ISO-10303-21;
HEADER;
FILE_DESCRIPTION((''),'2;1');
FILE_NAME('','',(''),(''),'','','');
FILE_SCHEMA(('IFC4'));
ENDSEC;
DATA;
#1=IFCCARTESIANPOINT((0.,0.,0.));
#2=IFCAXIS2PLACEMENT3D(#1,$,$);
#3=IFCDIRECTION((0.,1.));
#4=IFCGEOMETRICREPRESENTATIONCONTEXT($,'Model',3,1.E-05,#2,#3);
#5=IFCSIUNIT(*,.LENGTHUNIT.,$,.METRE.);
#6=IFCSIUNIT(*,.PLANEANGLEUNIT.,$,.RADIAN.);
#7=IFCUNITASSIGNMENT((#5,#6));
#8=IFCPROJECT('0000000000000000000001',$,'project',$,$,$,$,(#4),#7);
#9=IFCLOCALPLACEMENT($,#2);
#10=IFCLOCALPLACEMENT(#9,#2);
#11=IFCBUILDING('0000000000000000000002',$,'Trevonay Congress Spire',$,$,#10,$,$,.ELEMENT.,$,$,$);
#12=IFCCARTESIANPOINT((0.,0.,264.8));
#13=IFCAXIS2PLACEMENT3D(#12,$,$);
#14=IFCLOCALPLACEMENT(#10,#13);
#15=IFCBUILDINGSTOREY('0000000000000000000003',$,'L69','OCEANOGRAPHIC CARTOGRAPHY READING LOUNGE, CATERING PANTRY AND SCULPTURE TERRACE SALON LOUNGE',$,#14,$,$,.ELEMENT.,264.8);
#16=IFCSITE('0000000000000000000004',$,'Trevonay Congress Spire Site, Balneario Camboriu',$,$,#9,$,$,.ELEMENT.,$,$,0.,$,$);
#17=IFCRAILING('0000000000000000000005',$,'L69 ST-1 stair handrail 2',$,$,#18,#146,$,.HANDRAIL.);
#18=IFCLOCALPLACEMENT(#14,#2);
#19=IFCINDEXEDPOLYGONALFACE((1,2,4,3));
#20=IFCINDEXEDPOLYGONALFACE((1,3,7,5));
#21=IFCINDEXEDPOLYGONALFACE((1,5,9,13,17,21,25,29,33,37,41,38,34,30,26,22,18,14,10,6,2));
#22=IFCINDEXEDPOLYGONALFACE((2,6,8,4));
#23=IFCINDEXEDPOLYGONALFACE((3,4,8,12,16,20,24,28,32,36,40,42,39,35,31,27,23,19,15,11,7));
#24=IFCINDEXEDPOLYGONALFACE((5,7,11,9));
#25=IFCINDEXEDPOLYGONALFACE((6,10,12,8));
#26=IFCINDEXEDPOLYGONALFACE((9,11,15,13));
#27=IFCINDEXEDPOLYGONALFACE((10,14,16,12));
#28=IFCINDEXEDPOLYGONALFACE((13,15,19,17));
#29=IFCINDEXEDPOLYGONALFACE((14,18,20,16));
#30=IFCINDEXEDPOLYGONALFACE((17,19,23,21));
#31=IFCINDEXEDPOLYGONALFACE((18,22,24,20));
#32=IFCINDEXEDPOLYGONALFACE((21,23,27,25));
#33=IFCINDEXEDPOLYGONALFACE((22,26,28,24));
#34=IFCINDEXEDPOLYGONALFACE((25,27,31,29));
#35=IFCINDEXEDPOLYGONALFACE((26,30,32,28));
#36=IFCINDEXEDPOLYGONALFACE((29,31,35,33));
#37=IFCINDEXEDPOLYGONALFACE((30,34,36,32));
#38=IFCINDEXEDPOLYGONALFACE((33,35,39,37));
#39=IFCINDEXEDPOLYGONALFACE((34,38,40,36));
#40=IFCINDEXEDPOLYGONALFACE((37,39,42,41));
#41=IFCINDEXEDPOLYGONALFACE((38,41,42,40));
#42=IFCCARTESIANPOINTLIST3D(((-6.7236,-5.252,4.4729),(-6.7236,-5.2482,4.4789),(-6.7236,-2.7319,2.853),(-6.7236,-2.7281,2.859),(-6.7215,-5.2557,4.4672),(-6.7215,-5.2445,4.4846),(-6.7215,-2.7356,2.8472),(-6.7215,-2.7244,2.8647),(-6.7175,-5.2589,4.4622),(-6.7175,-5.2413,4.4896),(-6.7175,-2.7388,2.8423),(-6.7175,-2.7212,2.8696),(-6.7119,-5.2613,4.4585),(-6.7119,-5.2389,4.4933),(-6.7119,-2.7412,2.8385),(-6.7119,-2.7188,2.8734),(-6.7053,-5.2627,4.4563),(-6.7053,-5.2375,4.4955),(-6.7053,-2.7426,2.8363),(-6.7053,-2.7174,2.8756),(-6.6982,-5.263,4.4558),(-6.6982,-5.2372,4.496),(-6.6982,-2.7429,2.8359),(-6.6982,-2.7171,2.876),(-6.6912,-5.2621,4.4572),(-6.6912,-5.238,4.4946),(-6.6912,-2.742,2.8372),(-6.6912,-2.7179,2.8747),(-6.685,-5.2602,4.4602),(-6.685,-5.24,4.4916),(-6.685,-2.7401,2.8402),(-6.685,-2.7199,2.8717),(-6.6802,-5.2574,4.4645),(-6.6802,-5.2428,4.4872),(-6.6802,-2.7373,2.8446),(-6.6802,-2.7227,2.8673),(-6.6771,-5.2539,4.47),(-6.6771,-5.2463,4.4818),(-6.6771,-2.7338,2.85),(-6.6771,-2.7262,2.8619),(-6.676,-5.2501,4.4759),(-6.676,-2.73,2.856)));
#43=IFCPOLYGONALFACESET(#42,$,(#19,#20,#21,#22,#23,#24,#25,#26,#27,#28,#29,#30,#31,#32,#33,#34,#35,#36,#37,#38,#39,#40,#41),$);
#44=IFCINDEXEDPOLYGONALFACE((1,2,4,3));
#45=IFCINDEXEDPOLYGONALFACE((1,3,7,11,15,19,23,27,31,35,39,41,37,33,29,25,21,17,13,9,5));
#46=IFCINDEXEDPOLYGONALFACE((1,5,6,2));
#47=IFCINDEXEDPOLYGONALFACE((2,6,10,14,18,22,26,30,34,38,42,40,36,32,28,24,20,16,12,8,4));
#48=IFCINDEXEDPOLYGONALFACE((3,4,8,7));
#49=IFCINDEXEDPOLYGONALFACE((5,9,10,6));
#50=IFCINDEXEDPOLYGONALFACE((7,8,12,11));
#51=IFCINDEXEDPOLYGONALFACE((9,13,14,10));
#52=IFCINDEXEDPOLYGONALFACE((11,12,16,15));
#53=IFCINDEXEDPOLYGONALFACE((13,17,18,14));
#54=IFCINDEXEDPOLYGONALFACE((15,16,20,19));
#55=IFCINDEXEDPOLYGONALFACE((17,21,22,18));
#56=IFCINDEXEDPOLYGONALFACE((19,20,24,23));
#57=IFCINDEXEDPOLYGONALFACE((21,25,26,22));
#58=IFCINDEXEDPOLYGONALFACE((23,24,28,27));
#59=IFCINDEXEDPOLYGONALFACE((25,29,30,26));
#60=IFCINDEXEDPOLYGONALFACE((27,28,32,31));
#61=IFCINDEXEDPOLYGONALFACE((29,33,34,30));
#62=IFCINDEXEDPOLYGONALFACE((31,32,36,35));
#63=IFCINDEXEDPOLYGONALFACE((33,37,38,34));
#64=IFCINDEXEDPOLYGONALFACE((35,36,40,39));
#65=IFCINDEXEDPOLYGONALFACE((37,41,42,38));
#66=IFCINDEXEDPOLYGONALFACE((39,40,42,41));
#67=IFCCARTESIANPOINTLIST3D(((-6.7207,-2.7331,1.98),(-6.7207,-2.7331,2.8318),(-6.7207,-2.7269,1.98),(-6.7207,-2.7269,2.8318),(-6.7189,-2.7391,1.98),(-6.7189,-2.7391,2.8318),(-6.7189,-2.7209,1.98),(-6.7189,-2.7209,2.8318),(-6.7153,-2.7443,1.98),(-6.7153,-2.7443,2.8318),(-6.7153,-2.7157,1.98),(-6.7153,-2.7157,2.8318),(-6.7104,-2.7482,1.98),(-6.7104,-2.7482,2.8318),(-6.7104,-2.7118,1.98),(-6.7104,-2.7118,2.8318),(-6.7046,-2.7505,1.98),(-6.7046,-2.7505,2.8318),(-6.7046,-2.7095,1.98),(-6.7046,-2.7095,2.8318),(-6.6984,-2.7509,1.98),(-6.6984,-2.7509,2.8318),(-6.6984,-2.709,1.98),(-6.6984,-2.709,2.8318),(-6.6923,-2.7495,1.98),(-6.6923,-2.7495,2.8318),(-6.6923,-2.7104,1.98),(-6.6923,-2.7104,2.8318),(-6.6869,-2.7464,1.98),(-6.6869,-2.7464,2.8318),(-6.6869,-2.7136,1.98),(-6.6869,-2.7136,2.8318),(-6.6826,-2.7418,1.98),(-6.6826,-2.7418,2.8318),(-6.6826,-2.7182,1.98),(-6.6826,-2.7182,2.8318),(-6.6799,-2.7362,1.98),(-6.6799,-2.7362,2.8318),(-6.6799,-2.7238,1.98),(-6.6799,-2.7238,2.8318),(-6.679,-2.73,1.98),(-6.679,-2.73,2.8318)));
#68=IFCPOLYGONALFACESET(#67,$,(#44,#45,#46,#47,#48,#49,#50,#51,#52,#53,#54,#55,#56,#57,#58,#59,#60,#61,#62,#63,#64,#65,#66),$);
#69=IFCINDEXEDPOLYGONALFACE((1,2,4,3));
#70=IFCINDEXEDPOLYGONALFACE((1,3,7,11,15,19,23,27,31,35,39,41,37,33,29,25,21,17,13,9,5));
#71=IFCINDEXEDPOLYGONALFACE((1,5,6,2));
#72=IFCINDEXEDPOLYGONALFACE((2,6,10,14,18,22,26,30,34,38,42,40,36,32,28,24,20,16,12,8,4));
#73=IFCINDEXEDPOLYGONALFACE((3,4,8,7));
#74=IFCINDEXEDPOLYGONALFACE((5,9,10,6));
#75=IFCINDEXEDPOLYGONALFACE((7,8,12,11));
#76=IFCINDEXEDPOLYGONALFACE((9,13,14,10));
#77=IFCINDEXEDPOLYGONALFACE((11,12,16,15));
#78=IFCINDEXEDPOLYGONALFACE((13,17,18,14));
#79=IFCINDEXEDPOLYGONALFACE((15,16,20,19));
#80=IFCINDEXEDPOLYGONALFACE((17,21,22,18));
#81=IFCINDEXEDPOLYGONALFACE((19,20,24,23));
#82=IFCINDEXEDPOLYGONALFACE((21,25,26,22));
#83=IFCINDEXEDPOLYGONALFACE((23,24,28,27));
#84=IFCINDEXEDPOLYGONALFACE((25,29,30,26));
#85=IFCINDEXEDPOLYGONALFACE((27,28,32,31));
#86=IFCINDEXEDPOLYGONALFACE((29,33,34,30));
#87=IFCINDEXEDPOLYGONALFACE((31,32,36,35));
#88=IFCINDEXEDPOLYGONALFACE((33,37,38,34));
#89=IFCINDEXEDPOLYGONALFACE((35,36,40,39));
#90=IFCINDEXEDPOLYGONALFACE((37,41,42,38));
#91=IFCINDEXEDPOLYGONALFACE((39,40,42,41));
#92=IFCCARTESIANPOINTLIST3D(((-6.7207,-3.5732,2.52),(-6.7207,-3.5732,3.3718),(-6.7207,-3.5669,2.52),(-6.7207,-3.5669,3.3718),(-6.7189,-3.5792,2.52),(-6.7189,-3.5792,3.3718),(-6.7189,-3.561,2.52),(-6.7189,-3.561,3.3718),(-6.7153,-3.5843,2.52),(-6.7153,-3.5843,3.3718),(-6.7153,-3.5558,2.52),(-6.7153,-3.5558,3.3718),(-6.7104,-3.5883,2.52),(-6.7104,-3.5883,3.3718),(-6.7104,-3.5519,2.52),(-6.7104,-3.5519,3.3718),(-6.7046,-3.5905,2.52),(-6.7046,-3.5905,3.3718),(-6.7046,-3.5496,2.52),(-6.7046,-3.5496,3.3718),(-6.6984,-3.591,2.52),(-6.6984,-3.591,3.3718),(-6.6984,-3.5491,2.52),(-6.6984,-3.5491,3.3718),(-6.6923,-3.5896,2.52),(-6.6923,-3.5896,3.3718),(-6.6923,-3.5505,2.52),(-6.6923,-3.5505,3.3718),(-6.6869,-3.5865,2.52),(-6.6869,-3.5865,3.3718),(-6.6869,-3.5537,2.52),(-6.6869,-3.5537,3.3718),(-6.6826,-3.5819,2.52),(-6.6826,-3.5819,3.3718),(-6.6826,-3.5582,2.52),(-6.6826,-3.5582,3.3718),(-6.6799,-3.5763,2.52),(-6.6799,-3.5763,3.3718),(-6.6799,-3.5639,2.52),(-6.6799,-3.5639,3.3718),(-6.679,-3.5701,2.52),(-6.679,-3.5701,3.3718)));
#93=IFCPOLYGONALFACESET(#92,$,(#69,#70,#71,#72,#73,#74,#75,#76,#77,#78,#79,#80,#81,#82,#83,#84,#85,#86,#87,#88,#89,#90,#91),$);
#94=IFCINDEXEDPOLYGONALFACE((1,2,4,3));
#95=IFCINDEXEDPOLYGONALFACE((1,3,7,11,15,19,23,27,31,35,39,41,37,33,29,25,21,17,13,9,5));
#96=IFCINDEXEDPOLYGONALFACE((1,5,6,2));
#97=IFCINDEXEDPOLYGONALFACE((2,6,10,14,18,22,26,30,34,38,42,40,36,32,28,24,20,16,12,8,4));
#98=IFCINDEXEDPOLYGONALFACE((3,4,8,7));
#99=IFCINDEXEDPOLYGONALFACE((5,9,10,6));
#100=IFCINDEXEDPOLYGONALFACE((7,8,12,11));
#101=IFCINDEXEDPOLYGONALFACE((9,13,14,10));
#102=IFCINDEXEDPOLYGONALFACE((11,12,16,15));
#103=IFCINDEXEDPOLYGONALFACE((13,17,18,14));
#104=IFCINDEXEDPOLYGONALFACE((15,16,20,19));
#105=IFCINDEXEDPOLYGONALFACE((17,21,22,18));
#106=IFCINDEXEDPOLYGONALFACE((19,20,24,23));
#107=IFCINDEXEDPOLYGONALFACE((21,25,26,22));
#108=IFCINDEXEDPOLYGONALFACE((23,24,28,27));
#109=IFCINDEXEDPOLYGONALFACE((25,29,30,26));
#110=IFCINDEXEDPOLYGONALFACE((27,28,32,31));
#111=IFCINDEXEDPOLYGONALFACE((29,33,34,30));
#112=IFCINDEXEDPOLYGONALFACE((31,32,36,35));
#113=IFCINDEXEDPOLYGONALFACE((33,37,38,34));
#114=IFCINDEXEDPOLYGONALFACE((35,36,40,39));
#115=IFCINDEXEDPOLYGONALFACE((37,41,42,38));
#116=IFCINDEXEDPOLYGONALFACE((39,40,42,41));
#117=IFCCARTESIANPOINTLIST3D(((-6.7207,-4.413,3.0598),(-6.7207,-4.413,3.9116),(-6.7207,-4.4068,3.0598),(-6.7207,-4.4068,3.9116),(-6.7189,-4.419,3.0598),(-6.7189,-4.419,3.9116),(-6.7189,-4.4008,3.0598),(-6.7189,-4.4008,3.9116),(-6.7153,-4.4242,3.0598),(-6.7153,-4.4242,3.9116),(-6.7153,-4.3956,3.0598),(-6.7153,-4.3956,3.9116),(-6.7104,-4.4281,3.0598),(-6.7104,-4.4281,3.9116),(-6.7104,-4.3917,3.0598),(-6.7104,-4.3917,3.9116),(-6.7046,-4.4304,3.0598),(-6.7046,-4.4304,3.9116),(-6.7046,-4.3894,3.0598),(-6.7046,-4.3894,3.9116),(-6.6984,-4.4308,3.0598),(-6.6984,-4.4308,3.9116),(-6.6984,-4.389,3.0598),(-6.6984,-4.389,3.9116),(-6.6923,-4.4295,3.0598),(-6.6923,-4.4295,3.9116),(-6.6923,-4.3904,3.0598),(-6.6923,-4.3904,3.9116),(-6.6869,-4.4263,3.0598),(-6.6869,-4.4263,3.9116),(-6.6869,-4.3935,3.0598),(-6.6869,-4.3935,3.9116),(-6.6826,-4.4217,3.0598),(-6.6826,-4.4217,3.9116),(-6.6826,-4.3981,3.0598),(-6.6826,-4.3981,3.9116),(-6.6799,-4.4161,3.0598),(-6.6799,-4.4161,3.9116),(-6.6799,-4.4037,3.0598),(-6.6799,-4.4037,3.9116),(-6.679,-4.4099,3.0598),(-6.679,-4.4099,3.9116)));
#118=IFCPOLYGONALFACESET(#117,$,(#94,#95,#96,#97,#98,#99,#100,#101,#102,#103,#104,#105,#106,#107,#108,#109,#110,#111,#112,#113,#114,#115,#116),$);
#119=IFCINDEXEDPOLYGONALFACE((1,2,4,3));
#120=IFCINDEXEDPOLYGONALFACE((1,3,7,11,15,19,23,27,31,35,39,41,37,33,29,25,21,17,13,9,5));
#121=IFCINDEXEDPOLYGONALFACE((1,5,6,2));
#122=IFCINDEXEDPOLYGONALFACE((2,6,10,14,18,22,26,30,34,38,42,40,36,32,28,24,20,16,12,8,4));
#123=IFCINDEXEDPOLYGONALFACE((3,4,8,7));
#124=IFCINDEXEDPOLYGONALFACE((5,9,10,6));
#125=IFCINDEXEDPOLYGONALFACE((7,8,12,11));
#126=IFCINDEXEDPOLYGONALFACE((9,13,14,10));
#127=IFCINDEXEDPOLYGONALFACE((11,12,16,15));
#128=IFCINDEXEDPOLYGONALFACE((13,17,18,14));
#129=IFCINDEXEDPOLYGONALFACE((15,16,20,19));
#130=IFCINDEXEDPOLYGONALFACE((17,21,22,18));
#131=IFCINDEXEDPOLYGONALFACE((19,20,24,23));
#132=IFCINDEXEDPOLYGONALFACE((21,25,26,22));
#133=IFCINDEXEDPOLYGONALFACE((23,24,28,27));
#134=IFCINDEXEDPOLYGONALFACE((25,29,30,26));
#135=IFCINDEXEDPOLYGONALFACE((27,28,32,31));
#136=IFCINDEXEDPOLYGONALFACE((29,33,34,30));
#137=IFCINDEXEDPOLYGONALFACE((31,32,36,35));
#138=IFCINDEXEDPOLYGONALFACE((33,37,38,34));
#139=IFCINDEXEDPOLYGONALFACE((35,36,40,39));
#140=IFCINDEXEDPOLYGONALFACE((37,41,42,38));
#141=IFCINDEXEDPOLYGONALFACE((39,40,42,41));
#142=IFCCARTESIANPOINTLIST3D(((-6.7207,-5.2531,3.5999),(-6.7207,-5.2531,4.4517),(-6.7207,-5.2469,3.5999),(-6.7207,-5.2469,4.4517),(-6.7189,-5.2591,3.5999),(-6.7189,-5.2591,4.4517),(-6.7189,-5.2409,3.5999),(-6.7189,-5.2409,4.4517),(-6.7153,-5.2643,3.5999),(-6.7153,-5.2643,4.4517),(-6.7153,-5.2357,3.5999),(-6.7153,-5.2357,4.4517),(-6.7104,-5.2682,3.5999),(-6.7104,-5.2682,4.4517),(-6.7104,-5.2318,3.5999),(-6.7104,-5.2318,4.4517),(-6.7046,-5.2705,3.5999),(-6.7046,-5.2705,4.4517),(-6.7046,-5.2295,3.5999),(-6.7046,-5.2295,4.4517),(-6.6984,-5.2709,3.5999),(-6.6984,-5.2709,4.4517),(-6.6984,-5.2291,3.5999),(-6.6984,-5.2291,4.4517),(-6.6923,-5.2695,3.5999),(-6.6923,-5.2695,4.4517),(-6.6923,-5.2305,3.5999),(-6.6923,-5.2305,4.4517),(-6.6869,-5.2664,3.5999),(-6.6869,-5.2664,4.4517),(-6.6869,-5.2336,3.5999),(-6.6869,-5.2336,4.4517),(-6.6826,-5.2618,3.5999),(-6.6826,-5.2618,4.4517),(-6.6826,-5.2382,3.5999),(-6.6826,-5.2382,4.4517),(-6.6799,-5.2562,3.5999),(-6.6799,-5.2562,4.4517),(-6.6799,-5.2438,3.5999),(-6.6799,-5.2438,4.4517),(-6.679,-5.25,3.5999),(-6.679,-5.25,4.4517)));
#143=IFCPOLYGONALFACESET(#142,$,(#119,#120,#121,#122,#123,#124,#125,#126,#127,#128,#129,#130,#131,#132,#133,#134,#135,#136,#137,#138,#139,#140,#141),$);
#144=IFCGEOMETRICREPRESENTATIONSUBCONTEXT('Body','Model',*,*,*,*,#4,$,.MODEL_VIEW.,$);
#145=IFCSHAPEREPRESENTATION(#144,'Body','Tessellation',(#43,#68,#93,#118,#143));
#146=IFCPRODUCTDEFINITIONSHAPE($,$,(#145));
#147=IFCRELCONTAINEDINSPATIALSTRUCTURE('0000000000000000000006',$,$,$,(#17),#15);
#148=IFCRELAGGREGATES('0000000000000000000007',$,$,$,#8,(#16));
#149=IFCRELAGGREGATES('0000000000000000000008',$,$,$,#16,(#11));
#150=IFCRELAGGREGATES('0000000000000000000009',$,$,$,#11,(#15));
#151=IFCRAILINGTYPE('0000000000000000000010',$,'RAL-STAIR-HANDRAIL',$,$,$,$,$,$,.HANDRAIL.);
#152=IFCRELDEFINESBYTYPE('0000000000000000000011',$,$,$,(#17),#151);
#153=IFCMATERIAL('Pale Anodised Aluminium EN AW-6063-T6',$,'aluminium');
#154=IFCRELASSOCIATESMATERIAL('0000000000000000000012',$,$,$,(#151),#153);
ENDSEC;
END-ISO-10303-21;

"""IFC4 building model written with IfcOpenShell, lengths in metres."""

from ifc_helpers import new_model, si_unit, direction, frame, origin, origin_2d, place, context, subcontext, project, spatial, circle, extrude, material, type_object, element, save


model = new_model("IFC4")

# Units and contexts
model_context = context("Model", 3, precision=1e-05, world=origin(), true_north=direction((0.0, 1.0)))
body_context = subcontext(model_context, "Body", "Model", "MODEL_VIEW")
ifc_project = project(units=[si_unit("LENGTHUNIT", "METRE"), si_unit("PLANEANGLEUNIT", "RADIAN")], contexts=[model_context])

# Site, building, storey
site_placement = place(None, origin())
site = spatial("IfcSite", under=ifc_project, at=site_placement, Name="Trevonay Congress Spire Site, Balneario Camboriu", CompositionType="ELEMENT", RefElevation=0.0)
building_placement = place(site_placement, origin())
building = spatial("IfcBuilding", under=site, at=building_placement, Name="Trevonay Congress Spire", CompositionType="ELEMENT")
storey_placement = place(building_placement, frame((0.0, 0.0, 264.8)))
storey = spatial("IfcBuildingStorey", under=building, at=storey_placement, Name="L69", Description="OCEANOGRAPHIC CARTOGRAPHY READING LOUNGE, CATERING PANTRY AND SCULPTURE TERRACE SALON LOUNGE", CompositionType="ELEMENT", Elevation=264.8)

# Railing
ifc_material_1 = material(Name="Pale Anodised Aluminium EN AW-6063-T6", Category="aluminium")
railing_type_1 = type_object("IfcRailingType", Name="RAL-STAIR-HANDRAIL", PredefinedType="HANDRAIL", material=ifc_material_1)
railing_1_placement = place(storey_placement, frame((-6.7, -2.73, 1.98)))
element("IfcRailing", 1, at=railing_1_placement, inside=storey, type_object=railing_type_1, Name="L69 ST-1 stair handrail 2", PredefinedType="HANDRAIL", context=body_context, shape_type="SweptSolid", body=[
    extrude(circle(Radius=0.0239, at=origin_2d()), frame((0.0, 0.0, 0.876), z_axis=(0.0, -0.8412, 0.540725), x_axis=(1.0, 0.0, 0.0)), (0.0, 0.0, 1.0), 2.9958),
    extrude(circle(Radius=0.021, at=origin_2d()), origin(), (0.0, 0.0, 1.0), 0.8518),
    extrude(circle(Radius=0.021, at=origin_2d()), frame((0.0, -0.8401, 0.54)), (0.0, 0.0, 1.0), 0.8518),
    extrude(circle(Radius=0.021, at=origin_2d()), frame((0.0, -1.6799, 1.0798)), (0.0, 0.0, 1.0), 0.8518),
    extrude(circle(Radius=0.021, at=origin_2d()), frame((0.0, -2.52, 1.6199)), (0.0, 0.0, 1.0), 0.8518),
])

save(model, "model.ifc")
